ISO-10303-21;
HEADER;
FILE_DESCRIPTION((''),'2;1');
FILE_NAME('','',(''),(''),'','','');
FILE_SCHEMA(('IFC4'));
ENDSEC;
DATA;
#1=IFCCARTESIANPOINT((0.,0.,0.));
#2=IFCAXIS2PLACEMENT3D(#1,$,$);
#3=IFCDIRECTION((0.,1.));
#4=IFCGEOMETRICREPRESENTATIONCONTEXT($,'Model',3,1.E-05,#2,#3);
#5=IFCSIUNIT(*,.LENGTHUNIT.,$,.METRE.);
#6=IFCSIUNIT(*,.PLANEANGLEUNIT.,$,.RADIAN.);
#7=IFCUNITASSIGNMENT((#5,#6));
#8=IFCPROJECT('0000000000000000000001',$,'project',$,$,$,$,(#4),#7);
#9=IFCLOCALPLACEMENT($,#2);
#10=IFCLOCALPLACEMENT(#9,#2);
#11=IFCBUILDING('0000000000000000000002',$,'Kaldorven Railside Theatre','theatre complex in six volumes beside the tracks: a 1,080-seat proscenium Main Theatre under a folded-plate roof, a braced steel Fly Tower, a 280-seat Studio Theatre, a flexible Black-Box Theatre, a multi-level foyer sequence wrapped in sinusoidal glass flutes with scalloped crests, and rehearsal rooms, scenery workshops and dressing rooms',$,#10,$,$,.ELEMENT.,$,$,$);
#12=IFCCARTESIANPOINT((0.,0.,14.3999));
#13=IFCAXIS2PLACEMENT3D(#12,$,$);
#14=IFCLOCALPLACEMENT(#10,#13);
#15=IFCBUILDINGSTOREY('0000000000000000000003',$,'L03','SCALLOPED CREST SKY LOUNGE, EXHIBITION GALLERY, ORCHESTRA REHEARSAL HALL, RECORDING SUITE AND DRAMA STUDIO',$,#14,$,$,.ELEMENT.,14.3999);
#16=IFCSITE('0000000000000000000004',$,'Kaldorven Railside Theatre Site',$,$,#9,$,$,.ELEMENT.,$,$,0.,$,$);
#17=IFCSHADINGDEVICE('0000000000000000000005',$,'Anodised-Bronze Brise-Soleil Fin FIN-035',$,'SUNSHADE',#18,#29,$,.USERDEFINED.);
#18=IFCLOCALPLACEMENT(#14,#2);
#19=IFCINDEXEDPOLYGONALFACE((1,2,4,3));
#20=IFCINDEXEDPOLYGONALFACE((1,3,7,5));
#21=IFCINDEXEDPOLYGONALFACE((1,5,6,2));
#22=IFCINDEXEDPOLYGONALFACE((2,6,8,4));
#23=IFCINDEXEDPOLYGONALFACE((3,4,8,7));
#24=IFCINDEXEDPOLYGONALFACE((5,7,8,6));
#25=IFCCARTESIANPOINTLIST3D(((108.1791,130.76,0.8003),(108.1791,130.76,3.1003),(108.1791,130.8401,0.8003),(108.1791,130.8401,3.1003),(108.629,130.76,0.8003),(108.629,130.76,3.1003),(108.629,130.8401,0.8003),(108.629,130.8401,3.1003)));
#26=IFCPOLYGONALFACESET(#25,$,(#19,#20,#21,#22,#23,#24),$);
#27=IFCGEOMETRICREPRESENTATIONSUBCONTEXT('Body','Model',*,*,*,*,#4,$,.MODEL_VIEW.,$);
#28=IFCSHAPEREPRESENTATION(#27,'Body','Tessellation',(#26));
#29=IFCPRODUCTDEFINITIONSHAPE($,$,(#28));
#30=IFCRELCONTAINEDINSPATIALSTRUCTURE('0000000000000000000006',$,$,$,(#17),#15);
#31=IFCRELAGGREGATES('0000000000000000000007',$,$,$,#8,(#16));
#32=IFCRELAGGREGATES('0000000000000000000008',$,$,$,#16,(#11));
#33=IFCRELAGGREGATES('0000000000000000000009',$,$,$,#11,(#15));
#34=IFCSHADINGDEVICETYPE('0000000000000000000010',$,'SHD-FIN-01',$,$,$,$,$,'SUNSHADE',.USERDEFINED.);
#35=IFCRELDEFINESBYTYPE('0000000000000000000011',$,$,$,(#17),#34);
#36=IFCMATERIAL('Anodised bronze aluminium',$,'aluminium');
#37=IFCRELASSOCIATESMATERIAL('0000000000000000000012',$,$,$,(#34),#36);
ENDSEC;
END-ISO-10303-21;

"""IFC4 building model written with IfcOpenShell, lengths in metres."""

from ifc_helpers import new_model, si_unit, direction, frame, origin, origin_2d, place, context, subcontext, project, spatial, rectangle, extrude, material, type_object, element, save


model = new_model("IFC4")

# Units and contexts
model_context = context("Model", 3, precision=1e-05, world=origin(), true_north=direction((0.0, 1.0)))
body_context = subcontext(model_context, "Body", "Model", "MODEL_VIEW")
ifc_project = project(units=[si_unit("LENGTHUNIT", "METRE"), si_unit("PLANEANGLEUNIT", "RADIAN")], contexts=[model_context])

# Site, building, storey
site_placement = place(None, origin())
site = spatial("IfcSite", under=ifc_project, at=site_placement, Name="Kaldorven Railside Theatre Site", CompositionType="ELEMENT", RefElevation=0.0)
building_placement = place(site_placement, origin())
building = spatial("IfcBuilding", under=site, at=building_placement, Name="Kaldorven Railside Theatre", Description="theatre complex in six volumes beside the tracks: a 1,080-seat proscenium Main Theatre under a folded-plate roof, a braced steel Fly Tower, a 280-seat Studio Theatre, a flexible Black-Box Theatre, a multi-level foyer sequence wrapped in sinusoidal glass flutes with scalloped crests, and rehearsal rooms, scenery workshops and dressing rooms", CompositionType="ELEMENT")
storey_placement = place(building_placement, frame((0.0, 0.0, 14.3999)))
storey = spatial("IfcBuildingStorey", under=building, at=storey_placement, Name="L03", Description="SCALLOPED CREST SKY LOUNGE, EXHIBITION GALLERY, ORCHESTRA REHEARSAL HALL, RECORDING SUITE AND DRAMA STUDIO", CompositionType="ELEMENT", Elevation=14.3999)

# Shared definitions
ifc_material_1 = material(Name="Anodised bronze aluminium", Category="aluminium")

# Shading device
shading_device_type = type_object("IfcShadingDeviceType", Name="SHD-FIN-01", ElementType="SUNSHADE", PredefinedType="USERDEFINED", material=ifc_material_1)
shading_device_placement = place(storey_placement, frame((108.4041, 130.8, 0.8003), z_axis=(0.0, 0.0, 1.0), x_axis=(0.0, 1.0, 0.0)))
element("IfcShadingDevice", 1, at=shading_device_placement, inside=storey, type_object=shading_device_type, Name="Anodised-Bronze Brise-Soleil Fin FIN-035", ObjectType="SUNSHADE", PredefinedType="USERDEFINED", context=body_context, shape_type="SweptSolid", body=[
    extrude(rectangle(XDim=0.0801, YDim=0.45, at=origin_2d()), origin(), (0.0, 0.0, 1.0), 2.3),
])

save(model, "model.ifc")
